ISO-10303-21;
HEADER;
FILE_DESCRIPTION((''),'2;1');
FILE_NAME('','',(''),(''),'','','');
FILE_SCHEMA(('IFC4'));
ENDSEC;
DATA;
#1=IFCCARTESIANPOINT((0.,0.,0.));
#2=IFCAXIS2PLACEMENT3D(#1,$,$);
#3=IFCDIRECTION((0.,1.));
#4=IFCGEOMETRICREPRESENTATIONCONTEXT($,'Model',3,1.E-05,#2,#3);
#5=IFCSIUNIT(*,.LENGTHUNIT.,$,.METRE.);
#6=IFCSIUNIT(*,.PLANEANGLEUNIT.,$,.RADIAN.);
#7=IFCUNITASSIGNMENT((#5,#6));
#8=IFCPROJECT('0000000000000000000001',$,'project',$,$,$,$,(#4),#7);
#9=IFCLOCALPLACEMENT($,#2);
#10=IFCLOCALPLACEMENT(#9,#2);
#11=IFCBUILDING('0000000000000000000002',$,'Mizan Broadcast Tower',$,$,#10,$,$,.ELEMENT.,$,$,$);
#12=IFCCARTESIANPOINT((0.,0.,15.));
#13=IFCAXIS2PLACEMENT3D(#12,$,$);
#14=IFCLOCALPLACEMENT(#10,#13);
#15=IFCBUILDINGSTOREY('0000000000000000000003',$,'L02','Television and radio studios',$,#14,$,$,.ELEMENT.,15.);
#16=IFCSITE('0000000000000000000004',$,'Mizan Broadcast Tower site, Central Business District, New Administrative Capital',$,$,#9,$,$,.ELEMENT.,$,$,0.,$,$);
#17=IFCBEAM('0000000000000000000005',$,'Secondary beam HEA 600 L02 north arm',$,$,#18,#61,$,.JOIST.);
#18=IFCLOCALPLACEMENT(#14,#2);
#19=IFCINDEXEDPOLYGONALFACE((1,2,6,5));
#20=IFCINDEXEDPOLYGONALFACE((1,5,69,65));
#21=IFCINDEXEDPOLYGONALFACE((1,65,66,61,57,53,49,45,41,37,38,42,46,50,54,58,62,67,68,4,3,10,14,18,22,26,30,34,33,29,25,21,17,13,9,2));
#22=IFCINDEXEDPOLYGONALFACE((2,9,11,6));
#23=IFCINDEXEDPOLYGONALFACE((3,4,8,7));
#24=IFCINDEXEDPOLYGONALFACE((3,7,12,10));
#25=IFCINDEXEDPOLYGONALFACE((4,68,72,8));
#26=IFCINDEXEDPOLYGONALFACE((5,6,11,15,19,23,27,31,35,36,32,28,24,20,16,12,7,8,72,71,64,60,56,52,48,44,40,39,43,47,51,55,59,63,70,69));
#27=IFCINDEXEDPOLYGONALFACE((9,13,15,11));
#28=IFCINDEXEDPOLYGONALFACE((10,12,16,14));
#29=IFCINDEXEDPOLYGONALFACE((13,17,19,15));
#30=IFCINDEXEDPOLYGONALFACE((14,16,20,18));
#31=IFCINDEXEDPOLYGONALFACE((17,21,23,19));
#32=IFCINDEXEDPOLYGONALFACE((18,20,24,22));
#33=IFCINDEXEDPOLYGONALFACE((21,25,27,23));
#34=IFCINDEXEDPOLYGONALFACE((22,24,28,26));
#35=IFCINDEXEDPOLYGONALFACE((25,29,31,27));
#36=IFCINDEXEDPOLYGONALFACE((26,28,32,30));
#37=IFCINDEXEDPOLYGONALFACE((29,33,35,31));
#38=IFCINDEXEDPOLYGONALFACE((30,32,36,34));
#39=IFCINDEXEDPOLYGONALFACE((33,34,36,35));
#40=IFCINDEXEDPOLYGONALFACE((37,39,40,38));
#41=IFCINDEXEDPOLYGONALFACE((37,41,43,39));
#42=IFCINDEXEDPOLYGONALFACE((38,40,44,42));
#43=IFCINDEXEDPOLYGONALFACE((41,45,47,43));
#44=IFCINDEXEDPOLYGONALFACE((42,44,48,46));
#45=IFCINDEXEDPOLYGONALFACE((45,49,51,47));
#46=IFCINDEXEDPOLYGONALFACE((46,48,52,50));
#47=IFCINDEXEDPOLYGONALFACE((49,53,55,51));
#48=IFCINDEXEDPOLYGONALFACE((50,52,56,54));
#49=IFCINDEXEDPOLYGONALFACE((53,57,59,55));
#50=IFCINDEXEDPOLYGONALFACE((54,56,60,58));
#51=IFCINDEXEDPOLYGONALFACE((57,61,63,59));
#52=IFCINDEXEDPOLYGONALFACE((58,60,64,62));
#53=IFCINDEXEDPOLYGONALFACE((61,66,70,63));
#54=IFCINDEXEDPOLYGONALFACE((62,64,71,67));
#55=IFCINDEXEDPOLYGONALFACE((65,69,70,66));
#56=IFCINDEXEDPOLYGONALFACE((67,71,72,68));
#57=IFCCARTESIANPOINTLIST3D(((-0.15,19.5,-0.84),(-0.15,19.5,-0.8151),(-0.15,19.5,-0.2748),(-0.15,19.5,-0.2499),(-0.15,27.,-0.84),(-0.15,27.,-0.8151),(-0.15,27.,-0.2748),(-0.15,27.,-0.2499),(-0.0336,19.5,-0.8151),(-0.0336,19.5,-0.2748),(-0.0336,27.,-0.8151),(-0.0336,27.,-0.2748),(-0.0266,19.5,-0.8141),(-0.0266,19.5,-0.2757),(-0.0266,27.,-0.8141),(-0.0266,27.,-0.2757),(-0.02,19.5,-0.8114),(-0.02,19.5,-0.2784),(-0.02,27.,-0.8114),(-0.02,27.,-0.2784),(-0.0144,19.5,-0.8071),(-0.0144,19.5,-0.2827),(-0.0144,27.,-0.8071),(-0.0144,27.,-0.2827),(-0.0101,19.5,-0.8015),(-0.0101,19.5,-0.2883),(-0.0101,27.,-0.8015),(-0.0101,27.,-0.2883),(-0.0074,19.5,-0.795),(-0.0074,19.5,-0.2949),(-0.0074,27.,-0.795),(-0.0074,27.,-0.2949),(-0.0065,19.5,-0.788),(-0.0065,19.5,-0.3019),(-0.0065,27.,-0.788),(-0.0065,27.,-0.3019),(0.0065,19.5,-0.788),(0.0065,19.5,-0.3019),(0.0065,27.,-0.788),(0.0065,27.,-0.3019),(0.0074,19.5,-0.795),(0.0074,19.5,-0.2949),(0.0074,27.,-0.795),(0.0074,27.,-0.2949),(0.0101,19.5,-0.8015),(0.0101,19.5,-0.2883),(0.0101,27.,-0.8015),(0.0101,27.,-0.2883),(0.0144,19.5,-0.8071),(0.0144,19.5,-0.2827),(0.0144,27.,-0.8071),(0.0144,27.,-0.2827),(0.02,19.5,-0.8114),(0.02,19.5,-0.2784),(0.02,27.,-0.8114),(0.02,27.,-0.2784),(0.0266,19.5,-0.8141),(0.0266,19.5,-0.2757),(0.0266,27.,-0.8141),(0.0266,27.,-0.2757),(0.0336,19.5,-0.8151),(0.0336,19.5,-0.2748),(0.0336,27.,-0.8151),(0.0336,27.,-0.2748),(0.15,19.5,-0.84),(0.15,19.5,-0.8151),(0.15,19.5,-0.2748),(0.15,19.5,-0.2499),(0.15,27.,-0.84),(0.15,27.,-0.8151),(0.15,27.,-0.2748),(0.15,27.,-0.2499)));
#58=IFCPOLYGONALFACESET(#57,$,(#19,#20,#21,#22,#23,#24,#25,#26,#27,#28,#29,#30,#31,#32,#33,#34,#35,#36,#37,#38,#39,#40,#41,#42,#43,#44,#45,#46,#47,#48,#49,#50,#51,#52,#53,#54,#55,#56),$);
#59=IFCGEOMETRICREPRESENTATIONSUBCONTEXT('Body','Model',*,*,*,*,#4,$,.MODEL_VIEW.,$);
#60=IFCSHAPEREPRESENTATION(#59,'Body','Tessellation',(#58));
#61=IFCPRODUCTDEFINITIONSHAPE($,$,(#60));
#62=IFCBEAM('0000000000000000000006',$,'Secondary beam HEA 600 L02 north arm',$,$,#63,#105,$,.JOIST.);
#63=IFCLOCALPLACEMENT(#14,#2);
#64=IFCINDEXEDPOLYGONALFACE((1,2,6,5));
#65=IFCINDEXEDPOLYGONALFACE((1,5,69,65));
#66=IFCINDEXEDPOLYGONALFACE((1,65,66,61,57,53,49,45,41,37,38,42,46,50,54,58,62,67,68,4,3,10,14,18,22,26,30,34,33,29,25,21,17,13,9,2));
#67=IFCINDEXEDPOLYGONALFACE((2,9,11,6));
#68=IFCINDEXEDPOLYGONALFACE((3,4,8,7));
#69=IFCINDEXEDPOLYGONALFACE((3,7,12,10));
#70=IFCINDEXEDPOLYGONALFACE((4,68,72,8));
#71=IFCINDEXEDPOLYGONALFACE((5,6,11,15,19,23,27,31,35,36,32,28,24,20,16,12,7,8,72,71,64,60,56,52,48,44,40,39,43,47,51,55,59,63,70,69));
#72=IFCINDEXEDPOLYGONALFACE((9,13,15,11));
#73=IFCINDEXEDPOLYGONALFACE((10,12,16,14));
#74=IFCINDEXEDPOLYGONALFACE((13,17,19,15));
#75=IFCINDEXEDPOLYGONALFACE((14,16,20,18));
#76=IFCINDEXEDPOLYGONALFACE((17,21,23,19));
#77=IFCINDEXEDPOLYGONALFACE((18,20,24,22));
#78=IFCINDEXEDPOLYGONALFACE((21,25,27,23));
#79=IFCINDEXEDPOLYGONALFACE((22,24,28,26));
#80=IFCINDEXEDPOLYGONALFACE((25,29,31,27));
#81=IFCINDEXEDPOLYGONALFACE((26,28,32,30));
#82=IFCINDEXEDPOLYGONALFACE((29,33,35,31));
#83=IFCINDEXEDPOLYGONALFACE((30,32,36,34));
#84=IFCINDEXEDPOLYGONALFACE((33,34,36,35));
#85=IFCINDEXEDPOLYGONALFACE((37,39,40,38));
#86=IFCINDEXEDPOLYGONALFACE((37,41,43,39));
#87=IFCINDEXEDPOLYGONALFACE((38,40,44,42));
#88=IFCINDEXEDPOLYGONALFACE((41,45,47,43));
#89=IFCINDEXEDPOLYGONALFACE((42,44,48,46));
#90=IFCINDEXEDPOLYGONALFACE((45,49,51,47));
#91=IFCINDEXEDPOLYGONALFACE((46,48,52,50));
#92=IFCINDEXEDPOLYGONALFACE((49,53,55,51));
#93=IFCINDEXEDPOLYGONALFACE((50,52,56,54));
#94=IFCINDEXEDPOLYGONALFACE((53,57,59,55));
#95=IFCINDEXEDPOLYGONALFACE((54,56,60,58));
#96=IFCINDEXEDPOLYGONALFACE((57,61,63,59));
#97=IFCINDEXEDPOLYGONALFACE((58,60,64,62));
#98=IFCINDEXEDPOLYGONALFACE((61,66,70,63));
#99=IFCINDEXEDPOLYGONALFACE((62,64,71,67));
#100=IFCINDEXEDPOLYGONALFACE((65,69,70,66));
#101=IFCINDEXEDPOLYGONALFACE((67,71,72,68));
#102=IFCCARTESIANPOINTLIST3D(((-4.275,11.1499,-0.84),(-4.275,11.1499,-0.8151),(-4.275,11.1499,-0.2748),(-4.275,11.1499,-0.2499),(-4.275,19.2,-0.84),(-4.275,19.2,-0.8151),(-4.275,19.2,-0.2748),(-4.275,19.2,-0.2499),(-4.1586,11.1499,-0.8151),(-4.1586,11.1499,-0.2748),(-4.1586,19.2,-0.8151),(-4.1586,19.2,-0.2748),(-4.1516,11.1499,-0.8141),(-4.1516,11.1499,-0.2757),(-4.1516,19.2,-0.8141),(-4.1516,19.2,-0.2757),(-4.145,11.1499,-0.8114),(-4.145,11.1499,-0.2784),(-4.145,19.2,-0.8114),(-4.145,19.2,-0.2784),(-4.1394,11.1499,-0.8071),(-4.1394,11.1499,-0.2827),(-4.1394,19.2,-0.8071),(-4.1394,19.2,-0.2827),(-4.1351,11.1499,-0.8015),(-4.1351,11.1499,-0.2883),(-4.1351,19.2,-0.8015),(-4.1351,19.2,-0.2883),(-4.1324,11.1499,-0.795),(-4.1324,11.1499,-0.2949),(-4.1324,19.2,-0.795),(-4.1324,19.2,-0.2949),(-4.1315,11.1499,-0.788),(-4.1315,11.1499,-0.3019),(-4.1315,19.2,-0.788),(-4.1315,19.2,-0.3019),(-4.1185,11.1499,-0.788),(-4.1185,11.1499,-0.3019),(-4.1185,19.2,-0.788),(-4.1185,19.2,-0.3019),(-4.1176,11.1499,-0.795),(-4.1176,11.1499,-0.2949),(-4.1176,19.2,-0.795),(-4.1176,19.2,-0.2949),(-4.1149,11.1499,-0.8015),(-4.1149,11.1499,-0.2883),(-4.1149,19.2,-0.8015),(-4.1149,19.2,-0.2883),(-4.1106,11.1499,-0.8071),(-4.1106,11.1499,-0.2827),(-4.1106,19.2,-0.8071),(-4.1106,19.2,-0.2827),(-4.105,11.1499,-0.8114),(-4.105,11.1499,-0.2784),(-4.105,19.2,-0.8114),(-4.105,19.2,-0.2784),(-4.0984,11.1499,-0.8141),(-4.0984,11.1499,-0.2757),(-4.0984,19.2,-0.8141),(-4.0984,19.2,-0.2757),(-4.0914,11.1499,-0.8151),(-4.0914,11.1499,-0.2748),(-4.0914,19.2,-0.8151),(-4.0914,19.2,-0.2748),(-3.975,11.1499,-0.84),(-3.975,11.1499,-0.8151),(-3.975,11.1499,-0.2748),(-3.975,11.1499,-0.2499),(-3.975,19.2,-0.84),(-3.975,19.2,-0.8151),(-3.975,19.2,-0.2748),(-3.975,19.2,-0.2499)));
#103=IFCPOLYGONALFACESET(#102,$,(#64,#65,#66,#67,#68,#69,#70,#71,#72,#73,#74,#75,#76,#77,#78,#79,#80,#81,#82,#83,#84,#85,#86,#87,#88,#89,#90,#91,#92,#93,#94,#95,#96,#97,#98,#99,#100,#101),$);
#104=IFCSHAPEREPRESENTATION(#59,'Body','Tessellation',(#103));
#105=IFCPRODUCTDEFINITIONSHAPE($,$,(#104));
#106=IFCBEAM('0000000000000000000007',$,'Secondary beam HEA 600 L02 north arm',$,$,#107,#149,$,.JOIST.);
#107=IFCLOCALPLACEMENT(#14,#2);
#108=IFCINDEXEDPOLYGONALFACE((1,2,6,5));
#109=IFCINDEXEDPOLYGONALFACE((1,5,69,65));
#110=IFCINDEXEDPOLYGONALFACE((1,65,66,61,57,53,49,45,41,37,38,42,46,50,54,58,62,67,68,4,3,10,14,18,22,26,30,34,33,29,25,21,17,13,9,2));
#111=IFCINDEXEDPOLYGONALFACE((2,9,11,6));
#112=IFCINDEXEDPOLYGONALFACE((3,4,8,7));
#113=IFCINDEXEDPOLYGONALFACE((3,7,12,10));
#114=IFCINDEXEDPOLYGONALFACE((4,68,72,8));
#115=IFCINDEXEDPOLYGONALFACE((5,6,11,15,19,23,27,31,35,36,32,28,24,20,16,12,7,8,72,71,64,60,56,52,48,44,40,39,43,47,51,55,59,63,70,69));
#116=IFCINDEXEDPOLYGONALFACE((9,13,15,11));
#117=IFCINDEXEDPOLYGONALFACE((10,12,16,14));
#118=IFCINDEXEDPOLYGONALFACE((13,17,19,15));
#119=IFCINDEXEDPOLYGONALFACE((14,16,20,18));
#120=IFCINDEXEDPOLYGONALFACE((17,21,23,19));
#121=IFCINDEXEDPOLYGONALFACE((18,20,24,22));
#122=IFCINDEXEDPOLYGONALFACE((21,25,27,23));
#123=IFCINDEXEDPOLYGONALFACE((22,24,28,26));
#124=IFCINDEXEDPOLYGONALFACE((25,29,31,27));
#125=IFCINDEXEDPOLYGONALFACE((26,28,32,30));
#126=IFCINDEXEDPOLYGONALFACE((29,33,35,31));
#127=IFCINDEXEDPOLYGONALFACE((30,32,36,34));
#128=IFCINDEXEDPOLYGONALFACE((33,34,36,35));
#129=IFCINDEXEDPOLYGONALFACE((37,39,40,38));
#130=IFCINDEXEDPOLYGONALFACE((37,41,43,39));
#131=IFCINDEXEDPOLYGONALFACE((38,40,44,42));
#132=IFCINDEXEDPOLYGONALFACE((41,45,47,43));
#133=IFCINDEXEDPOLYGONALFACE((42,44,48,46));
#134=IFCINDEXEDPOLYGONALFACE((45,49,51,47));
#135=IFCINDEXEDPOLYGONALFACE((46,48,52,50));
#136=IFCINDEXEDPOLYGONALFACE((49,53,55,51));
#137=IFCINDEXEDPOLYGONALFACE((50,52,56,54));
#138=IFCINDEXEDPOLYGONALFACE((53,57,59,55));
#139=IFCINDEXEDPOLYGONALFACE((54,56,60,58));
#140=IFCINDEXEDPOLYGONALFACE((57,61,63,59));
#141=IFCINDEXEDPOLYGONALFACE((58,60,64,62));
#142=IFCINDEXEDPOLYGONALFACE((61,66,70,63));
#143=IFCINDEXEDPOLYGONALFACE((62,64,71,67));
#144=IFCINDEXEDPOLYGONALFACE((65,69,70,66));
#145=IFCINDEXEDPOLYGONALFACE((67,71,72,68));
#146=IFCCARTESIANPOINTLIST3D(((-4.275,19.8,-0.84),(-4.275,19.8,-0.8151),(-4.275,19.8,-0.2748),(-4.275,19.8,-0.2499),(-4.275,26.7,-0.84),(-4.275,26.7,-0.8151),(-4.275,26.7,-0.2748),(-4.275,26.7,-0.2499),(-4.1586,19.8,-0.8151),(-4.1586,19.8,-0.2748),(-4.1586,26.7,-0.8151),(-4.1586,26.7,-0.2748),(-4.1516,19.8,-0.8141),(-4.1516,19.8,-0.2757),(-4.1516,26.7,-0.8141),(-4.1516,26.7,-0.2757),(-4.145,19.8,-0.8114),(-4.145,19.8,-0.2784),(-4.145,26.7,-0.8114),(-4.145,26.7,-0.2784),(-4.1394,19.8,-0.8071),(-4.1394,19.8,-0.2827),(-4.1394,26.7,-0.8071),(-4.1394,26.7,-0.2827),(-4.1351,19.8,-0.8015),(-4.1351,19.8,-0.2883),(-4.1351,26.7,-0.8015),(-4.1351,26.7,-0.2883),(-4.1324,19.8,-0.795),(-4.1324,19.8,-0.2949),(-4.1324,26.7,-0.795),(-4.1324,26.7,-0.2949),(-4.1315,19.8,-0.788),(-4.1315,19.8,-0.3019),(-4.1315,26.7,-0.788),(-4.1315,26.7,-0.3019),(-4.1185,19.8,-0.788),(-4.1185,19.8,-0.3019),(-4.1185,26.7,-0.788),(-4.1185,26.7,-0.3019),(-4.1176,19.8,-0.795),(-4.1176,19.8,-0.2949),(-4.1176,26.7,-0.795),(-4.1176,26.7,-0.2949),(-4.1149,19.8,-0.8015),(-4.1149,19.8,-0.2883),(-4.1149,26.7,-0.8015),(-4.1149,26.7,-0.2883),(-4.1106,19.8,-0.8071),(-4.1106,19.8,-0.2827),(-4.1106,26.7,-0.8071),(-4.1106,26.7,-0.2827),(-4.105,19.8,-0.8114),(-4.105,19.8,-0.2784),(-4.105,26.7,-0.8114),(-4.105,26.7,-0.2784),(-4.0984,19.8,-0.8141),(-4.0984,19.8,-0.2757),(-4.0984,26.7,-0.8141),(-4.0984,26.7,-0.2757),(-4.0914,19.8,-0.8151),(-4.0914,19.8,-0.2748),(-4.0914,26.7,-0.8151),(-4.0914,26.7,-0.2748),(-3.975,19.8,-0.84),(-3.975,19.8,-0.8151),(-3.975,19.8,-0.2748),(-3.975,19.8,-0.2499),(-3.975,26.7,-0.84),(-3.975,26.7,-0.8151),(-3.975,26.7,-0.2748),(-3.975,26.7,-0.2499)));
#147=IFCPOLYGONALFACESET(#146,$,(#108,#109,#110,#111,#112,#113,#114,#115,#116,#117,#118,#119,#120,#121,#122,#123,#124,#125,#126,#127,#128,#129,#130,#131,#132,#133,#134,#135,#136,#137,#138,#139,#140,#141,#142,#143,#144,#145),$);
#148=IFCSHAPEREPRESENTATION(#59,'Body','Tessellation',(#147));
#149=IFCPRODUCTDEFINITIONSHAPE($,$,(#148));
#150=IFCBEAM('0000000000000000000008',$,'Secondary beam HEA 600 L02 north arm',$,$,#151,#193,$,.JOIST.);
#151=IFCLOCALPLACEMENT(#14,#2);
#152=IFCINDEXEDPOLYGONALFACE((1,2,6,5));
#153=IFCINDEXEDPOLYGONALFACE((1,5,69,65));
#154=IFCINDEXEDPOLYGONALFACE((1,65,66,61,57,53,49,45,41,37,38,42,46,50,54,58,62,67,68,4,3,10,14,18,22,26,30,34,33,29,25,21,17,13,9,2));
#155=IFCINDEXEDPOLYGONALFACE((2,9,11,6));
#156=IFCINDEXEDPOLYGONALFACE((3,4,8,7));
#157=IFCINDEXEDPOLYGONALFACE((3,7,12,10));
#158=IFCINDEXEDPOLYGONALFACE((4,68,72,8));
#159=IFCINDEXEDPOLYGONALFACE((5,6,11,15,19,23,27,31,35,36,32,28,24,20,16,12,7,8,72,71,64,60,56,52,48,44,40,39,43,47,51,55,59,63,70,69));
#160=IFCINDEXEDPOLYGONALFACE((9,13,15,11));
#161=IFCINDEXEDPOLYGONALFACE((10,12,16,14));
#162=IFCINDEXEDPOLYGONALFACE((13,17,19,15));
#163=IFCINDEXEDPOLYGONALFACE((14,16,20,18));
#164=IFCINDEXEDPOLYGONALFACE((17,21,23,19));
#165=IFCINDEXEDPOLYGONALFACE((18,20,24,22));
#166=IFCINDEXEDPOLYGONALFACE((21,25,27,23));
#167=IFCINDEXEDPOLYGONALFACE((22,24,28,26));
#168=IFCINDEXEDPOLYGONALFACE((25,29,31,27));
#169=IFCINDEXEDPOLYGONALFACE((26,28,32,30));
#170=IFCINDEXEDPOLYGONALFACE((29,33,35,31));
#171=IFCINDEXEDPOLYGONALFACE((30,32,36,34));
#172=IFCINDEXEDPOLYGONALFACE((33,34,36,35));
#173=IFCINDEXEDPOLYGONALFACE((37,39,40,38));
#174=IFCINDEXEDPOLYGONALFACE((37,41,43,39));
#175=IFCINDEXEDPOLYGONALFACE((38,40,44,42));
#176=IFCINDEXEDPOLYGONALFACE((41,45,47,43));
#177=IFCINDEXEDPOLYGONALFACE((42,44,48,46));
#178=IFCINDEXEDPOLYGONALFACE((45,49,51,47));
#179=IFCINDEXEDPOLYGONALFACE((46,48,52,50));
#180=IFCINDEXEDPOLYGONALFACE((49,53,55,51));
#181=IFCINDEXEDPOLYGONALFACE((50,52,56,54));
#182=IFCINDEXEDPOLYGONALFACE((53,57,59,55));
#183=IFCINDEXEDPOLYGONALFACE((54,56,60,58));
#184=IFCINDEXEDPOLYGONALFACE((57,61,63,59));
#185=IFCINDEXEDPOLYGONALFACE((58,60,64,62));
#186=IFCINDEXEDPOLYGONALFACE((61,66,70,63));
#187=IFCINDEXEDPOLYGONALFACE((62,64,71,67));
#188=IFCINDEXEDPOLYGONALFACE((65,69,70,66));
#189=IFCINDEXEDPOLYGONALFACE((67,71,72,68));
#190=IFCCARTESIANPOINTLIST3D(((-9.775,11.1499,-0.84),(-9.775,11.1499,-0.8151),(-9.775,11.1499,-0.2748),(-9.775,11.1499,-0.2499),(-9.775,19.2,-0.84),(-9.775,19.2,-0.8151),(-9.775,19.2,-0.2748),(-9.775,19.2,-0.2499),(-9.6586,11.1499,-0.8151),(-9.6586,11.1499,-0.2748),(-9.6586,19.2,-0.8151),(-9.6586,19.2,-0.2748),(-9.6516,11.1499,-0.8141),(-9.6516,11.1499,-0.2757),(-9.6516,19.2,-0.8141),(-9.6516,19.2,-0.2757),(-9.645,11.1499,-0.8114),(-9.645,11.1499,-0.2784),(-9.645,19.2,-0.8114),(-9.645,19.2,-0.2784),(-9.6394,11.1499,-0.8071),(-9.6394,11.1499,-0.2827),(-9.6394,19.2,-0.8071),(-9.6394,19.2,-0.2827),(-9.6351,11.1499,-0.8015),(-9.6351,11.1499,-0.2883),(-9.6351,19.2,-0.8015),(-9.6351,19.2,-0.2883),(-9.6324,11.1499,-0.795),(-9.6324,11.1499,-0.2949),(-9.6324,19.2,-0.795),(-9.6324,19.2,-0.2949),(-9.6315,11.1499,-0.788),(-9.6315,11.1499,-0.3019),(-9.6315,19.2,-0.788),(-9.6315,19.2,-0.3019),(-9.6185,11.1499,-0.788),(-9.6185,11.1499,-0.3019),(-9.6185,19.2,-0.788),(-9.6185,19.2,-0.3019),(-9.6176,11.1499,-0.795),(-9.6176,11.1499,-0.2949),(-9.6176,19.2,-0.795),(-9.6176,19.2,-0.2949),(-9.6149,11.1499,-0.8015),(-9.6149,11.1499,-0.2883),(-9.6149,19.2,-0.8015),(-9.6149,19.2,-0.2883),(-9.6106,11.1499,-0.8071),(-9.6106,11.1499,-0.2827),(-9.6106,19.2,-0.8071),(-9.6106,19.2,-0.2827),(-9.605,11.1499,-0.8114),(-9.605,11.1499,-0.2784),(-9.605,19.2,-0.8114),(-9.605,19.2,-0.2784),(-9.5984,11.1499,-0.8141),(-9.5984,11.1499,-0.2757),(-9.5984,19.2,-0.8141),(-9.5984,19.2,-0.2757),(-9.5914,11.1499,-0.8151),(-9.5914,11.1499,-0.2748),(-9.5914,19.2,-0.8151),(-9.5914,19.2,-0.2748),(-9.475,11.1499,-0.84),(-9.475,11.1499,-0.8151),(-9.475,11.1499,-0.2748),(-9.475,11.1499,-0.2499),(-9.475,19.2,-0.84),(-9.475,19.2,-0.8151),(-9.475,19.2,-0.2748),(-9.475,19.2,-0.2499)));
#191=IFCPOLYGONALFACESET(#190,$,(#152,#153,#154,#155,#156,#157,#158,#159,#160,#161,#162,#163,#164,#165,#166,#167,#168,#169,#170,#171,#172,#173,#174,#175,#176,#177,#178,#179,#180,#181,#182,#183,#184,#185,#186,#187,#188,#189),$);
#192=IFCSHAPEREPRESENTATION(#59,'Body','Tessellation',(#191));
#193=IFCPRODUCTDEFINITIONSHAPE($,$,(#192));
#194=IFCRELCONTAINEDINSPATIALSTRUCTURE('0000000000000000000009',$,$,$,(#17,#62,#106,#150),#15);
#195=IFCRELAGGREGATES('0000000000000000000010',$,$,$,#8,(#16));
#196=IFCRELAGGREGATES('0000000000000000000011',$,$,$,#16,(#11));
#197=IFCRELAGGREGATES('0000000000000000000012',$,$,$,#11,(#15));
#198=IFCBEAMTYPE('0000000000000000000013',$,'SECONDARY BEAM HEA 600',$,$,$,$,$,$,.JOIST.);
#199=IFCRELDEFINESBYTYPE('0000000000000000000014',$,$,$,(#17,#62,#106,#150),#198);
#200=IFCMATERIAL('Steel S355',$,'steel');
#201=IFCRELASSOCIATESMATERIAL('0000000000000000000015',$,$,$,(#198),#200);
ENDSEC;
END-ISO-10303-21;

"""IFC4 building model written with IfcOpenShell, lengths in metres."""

from ifc_helpers import new_model, si_unit, direction, frame, origin, origin_2d, place, context, subcontext, project, spatial, i_section, extrude, material, material_profile, profile_set, type_object, element, save


model = new_model("IFC4")

# Units and contexts
model_context = context("Model", 3, precision=1e-05, world=origin(), true_north=direction((0.0, 1.0)))
body_context = subcontext(model_context, "Body", "Model", "MODEL_VIEW")
ifc_project = project(units=[si_unit("LENGTHUNIT", "METRE"), si_unit("PLANEANGLEUNIT", "RADIAN")], contexts=[model_context])

# Site, building, storey
site_placement = place(None, origin())
site = spatial("IfcSite", under=ifc_project, at=site_placement, Name="Mizan Broadcast Tower site, Central Business District, New Administrative Capital", CompositionType="ELEMENT", RefElevation=0.0)
building_placement = place(site_placement, origin())
building = spatial("IfcBuilding", under=site, at=building_placement, Name="Mizan Broadcast Tower", CompositionType="ELEMENT")
storey_placement = place(building_placement, frame((0.0, 0.0, 15.0)))
storey = spatial("IfcBuildingStorey", under=building, at=storey_placement, Name="L02", Description="Television and radio studios", CompositionType="ELEMENT", Elevation=15.0)

# Beams
ifc_material_1 = material(Name="Steel S355", Category="steel")
ifc_material_profile_1 = material_profile(ifc_material_1, i_section(OverallWidth=0.3, OverallDepth=0.5901, WebThickness=0.0129, FlangeThickness=0.0249, FilletRadius=0.0271, at=origin_2d()), Name="HEA 600")
ifc_profile_set_1 = profile_set([ifc_material_profile_1], Name="Steel S355")
beam_type_1 = type_object("IfcBeamType", Name="SECONDARY BEAM HEA 600", PredefinedType="JOIST", material=ifc_profile_set_1)
beam_1_placement = place(storey_placement, frame((0.0, 19.5, -0.5449), z_axis=(0.0, 1.0, 0.0), x_axis=(-1.0, 0.0, 0.0)))
element("IfcBeam", 1, at=beam_1_placement, inside=storey, type_object=beam_type_1, Name="Secondary beam HEA 600 L02 north arm", PredefinedType="JOIST", context=body_context, shape_type="SweptSolid", body=[
    extrude(i_section(OverallWidth=0.3, OverallDepth=0.5901, WebThickness=0.0129, FlangeThickness=0.0249, FilletRadius=0.0271, at=origin_2d()), origin(), (0.0, 0.0, 1.0), 7.5),
])
beam_2_placement = place(storey_placement, frame((-4.125, 11.1499, -0.5449), z_axis=(0.0, 1.0, 0.0), x_axis=(-1.0, 0.0, 0.0)))
element("IfcBeam", 2, at=beam_2_placement, inside=storey, type_object=beam_type_1, Name="Secondary beam HEA 600 L02 north arm", PredefinedType="JOIST", context=body_context, shape_type="SweptSolid", body=[
    extrude(i_section(OverallWidth=0.3, OverallDepth=0.5901, WebThickness=0.0129, FlangeThickness=0.0249, FilletRadius=0.0271, at=origin_2d()), origin(), (0.0, 0.0, 1.0), 8.05),
])
beam_3_placement = place(storey_placement, frame((-4.125, 19.8, -0.5449), z_axis=(0.0, 1.0, 0.0), x_axis=(-1.0, 0.0, 0.0)))
element("IfcBeam", 3, at=beam_3_placement, inside=storey, type_object=beam_type_1, Name="Secondary beam HEA 600 L02 north arm", PredefinedType="JOIST", context=body_context, shape_type="SweptSolid", body=[
    extrude(i_section(OverallWidth=0.3, OverallDepth=0.5901, WebThickness=0.0129, FlangeThickness=0.0249, FilletRadius=0.0271, at=origin_2d()), origin(), (0.0, 0.0, 1.0), 6.8999),
])
beam_4_placement = place(storey_placement, frame((-9.625, 11.1499, -0.5449), z_axis=(0.0, 1.0, 0.0), x_axis=(-1.0, 0.0, 0.0)))
element("IfcBeam", 4, at=beam_4_placement, inside=storey, type_object=beam_type_1, Name="Secondary beam HEA 600 L02 north arm", PredefinedType="JOIST", context=body_context, shape_type="SweptSolid", body=[
    extrude(i_section(OverallWidth=0.3, OverallDepth=0.5901, WebThickness=0.0129, FlangeThickness=0.0249, FilletRadius=0.0271, at=origin_2d()), origin(), (0.0, 0.0, 1.0), 8.05),
])

save(model, "model.ifc")
